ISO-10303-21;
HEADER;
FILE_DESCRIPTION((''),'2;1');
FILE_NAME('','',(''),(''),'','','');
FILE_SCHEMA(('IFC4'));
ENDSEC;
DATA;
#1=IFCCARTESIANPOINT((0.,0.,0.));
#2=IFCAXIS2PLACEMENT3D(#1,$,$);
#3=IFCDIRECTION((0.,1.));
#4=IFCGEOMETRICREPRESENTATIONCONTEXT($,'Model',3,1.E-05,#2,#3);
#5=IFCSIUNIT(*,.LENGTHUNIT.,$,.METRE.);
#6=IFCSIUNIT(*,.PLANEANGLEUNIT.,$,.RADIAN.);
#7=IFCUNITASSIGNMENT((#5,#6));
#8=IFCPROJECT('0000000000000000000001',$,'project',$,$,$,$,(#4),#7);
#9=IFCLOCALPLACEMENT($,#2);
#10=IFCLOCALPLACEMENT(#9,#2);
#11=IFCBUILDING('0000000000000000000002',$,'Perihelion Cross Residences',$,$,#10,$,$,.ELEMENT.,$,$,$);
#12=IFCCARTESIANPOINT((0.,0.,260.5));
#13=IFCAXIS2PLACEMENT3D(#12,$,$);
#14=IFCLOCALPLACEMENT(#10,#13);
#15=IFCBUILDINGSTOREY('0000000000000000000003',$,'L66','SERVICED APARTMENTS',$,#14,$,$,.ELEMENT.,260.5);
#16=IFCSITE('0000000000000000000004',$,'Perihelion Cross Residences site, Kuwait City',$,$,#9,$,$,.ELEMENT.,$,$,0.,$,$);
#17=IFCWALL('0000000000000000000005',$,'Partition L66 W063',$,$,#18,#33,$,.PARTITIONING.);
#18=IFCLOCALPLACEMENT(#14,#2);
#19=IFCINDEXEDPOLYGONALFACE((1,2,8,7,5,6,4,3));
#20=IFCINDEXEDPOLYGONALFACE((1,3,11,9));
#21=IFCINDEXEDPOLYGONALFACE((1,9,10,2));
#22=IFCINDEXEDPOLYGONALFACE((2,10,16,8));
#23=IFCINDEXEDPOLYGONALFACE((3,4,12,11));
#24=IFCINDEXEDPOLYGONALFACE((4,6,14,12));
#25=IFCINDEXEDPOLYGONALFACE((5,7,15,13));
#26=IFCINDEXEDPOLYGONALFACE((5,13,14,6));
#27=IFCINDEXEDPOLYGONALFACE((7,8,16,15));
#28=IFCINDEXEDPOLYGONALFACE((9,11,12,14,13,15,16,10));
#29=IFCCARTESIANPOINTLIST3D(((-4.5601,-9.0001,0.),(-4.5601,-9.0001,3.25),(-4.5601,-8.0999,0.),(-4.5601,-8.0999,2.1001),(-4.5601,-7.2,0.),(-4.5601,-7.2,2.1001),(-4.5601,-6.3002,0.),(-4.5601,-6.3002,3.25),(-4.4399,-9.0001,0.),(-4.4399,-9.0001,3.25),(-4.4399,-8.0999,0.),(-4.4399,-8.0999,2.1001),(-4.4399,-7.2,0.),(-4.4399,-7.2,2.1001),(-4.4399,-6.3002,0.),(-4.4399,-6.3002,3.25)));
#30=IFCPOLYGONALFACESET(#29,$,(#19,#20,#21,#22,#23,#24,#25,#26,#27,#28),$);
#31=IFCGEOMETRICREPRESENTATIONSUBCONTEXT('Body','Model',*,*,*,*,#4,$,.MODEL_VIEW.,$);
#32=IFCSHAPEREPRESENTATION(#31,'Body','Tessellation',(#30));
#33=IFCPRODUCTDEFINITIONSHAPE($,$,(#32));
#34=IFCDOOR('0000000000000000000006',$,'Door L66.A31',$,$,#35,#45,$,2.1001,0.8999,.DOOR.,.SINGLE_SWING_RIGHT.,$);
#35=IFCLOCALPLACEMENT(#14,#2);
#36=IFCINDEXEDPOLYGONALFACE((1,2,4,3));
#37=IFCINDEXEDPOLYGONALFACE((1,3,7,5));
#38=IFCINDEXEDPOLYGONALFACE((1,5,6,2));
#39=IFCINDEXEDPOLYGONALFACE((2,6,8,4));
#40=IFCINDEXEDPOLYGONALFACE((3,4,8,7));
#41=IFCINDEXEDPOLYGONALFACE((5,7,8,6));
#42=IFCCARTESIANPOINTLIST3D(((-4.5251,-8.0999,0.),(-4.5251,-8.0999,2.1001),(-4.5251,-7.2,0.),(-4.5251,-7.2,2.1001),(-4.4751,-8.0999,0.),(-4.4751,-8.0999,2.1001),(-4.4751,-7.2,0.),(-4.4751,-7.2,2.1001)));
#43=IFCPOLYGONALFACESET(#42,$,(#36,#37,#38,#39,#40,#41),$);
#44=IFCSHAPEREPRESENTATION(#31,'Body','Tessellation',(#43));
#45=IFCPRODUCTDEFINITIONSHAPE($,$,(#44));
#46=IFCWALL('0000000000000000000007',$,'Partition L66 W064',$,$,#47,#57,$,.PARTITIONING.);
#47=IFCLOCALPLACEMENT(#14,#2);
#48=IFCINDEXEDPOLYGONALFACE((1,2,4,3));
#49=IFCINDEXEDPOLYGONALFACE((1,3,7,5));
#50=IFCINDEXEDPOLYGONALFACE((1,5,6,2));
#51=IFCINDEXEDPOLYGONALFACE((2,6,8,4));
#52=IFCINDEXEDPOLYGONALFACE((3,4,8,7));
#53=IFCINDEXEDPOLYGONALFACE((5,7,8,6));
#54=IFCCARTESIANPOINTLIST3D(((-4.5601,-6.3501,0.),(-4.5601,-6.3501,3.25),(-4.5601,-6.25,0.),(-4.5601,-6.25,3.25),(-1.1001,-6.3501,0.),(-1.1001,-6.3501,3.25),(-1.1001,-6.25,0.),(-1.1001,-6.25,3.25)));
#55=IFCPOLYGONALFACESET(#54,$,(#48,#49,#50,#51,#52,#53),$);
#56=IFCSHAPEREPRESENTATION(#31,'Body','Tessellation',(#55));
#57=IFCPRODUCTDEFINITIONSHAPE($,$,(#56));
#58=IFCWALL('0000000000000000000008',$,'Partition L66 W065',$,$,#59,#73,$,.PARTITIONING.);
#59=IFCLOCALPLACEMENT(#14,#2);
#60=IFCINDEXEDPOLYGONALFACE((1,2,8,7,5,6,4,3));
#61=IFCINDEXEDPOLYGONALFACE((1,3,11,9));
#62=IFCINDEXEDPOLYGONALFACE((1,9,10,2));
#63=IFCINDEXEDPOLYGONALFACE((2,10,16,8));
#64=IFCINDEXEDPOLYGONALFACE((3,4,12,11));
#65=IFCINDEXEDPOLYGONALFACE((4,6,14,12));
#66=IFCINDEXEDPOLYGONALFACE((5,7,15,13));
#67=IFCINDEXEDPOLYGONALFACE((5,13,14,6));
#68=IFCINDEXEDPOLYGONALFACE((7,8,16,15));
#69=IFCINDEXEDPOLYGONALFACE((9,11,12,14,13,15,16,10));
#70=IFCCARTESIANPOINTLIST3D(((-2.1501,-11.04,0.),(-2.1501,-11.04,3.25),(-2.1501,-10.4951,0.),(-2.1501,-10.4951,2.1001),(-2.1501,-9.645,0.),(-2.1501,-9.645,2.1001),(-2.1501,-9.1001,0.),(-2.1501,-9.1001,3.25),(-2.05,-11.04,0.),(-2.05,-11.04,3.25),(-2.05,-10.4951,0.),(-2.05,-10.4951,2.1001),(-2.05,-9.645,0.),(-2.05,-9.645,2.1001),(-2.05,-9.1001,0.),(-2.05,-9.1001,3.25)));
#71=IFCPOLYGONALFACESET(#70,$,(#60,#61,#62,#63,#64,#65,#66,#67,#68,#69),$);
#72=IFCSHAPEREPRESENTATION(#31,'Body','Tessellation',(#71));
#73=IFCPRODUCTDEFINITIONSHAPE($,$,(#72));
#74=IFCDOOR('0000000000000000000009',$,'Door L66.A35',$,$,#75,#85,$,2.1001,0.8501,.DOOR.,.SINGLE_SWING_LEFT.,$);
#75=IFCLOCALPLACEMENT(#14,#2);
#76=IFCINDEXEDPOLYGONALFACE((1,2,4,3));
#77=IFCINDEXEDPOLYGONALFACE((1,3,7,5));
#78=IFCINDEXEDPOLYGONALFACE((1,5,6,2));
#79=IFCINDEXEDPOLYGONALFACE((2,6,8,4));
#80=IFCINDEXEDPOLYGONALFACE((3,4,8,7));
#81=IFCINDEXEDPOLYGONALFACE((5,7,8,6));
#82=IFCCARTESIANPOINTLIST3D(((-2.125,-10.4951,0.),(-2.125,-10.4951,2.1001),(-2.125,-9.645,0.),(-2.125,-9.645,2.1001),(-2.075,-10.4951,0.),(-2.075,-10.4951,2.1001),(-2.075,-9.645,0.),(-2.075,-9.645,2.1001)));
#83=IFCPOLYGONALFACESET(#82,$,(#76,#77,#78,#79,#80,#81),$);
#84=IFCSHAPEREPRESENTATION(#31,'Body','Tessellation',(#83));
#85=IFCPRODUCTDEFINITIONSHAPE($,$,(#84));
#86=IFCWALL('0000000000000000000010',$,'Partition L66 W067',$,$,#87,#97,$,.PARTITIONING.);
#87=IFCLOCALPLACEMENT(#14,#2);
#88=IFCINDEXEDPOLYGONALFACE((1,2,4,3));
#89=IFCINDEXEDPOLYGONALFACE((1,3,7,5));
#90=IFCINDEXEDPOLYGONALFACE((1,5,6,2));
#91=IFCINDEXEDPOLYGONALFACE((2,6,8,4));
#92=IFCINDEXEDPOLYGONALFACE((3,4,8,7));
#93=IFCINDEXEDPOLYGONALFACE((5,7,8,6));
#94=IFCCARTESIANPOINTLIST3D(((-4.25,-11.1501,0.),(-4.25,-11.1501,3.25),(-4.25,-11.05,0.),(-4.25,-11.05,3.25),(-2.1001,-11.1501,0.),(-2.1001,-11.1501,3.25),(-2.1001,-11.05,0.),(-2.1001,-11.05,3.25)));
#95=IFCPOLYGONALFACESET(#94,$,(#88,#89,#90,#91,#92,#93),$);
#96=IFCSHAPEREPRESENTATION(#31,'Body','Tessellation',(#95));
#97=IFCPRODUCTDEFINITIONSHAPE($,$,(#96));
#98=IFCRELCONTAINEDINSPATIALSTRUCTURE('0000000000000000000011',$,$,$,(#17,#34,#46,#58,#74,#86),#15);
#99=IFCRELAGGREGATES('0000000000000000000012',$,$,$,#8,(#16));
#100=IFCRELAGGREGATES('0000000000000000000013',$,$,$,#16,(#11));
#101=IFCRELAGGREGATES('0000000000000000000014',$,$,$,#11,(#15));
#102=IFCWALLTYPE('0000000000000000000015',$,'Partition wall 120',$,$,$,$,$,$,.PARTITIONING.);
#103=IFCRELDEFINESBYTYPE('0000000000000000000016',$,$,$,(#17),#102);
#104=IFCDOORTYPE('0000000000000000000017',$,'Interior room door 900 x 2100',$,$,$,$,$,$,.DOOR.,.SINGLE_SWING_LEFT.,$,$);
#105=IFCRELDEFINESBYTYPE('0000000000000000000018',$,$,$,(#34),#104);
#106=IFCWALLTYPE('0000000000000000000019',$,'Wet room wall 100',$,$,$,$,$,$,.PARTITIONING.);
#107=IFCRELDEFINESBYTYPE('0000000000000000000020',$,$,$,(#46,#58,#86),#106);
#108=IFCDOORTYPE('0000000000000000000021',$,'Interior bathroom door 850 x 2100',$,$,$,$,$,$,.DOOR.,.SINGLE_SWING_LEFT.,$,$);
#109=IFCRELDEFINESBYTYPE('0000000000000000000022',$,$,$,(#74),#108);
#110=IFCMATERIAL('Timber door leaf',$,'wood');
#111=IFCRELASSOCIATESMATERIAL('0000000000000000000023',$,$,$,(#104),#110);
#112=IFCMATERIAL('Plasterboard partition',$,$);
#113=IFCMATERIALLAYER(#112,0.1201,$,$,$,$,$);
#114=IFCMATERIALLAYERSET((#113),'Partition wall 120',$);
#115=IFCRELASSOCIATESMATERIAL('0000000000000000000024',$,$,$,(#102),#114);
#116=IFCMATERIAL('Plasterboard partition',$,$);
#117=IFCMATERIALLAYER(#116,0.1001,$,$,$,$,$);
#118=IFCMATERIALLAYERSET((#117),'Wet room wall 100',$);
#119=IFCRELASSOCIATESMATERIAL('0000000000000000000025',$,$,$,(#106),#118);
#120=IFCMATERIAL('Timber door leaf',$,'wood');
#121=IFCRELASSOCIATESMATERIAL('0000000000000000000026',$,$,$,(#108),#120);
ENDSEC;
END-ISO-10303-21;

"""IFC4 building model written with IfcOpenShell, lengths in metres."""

from ifc_helpers import new_model, si_unit, direction, frame, frame_2d, origin, place, context, subcontext, project, spatial, rectangle, extrude, material, layer, layer_set, type_object, element, fill, save


model = new_model("IFC4")

# Units and contexts
model_context = context("Model", 3, precision=1e-05, world=origin(), true_north=direction((0.0, 1.0)))
body_context = subcontext(model_context, "Body", "Model", "MODEL_VIEW")
ifc_project = project(units=[si_unit("LENGTHUNIT", "METRE"), si_unit("PLANEANGLEUNIT", "RADIAN")], contexts=[model_context])

# Site, building, storey
site_placement = place(None, origin())
site = spatial("IfcSite", under=ifc_project, at=site_placement, Name="Perihelion Cross Residences site, Kuwait City", CompositionType="ELEMENT", RefElevation=0.0)
building_placement = place(site_placement, origin())
building = spatial("IfcBuilding", under=site, at=building_placement, Name="Perihelion Cross Residences", CompositionType="ELEMENT")
storey_placement = place(building_placement, frame((0.0, 0.0, 260.5)))
storey = spatial("IfcBuildingStorey", under=building, at=storey_placement, Name="L66", Description="SERVICED APARTMENTS", CompositionType="ELEMENT", Elevation=260.5)

# Wall, opening, door
ifc_material_1 = material(Name="Timber door leaf", Category="wood")
door_type_1 = type_object("IfcDoorType", Name="Interior room door 900 x 2100", OperationType="SINGLE_SWING_LEFT", PredefinedType="DOOR", material=ifc_material_1)
ifc_material_2 = material(Name="Plasterboard partition")
ifc_layer_1 = layer(ifc_material_2, 0.1201)
ifc_layer_set_1 = layer_set([ifc_layer_1], Name="Partition wall 120")
wall_type_1 = type_object("IfcWallType", Name="Partition wall 120", PredefinedType="PARTITIONING", material=ifc_layer_set_1)
wall_1_placement = place(storey_placement, frame((-4.5, -6.3, 0.0), z_axis=(0.0, 0.0, 1.0), x_axis=(0.0, -1.0, 0.0)))
wall_1 = element("IfcWall", 1, at=wall_1_placement, inside=storey, type_object=wall_type_1, Name="Partition L66 W063", PredefinedType="PARTITIONING", context=body_context, shape_type="SweptSolid", body=[
    extrude(rectangle(XDim=2.7, YDim=0.1201, at=frame_2d((1.3501, 0.0))), origin(), (0.0, 0.0, 1.0), 3.25),
])
opening_1_placement = place(wall_1_placement, frame((0.8999, 0.0, 0.0)))
opening_1 = element("IfcOpeningElement", 2, at=opening_1_placement, cuts=wall_1, PredefinedType="OPENING", context=body_context, shape_type="SweptSolid", body=[
    extrude(rectangle(XDim=0.8999, YDim=2.1001, at=frame_2d((0.45, 1.05))), frame((0.0, 0.0701, 0.0), z_axis=(0.0, -1.0, 0.0), x_axis=(1.0, 0.0, 0.0)), (0.0, 0.0, 1.0), 0.1401),
])
door_1_placement = place(opening_1_placement, origin())
door_1 = element("IfcDoor", 3, at=door_1_placement, inside=storey, type_object=door_type_1, Name="Door L66.A31", OperationType="SINGLE_SWING_RIGHT", OverallHeight=2.1001, OverallWidth=0.8999, PredefinedType="DOOR", context=body_context, shape_type="SweptSolid", body=[
    extrude(rectangle(XDim=0.8999, YDim=2.1001, at=frame_2d((0.45, 1.05))), frame((0.0, 0.0249, 0.0), z_axis=(0.0, -1.0, 0.0), x_axis=(1.0, 0.0, 0.0)), (0.0, 0.0, 1.0), 0.05),
])
fill(opening_1, door_1)

# Wall
ifc_material_3 = material(Name="Plasterboard partition")
ifc_layer_2 = layer(ifc_material_3, 0.1001)
ifc_layer_set_2 = layer_set([ifc_layer_2], Name="Wet room wall 100")
wall_type_2 = type_object("IfcWallType", Name="Wet room wall 100", PredefinedType="PARTITIONING", material=ifc_layer_set_2)
wall_2_placement = place(storey_placement, frame((-1.1001, -6.3, 0.0), z_axis=(0.0, 0.0, 1.0), x_axis=(-1.0, 0.0, 0.0)))
element("IfcWall", 4, at=wall_2_placement, inside=storey, type_object=wall_type_2, Name="Partition L66 W064", PredefinedType="PARTITIONING", context=body_context, shape_type="SweptSolid", body=[
    extrude(rectangle(XDim=3.46, YDim=0.1001, at=frame_2d((1.73, 0.0))), origin(), (0.0, 0.0, 1.0), 3.25),
])

# Wall, opening, door
wall_3_placement = place(storey_placement, frame((-2.1001, -11.04, 0.0), z_axis=(0.0, 0.0, 1.0), x_axis=(0.0, 1.0, 0.0)))
wall_3 = element("IfcWall", 5, at=wall_3_placement, inside=storey, type_object=wall_type_2, Name="Partition L66 W065", PredefinedType="PARTITIONING", context=body_context, shape_type="SweptSolid", body=[
    extrude(rectangle(XDim=1.9399, YDim=0.1001, at=frame_2d((0.97, 0.0))), origin(), (0.0, 0.0, 1.0), 3.25),
])
opening_2_placement = place(wall_3_placement, frame((0.5449, 0.0, 0.0)))
opening_2 = element("IfcOpeningElement", 6, at=opening_2_placement, cuts=wall_3, PredefinedType="OPENING", context=body_context, shape_type="SweptSolid", body=[
    extrude(rectangle(XDim=0.8501, YDim=2.1001, at=frame_2d((0.425, 1.05))), frame((0.0, 0.0601, 0.0), z_axis=(0.0, -1.0, 0.0), x_axis=(1.0, 0.0, 0.0)), (0.0, 0.0, 1.0), 0.1201),
])
ifc_material_4 = material(Name="Timber door leaf", Category="wood")
door_type_2 = type_object("IfcDoorType", Name="Interior bathroom door 850 x 2100", OperationType="SINGLE_SWING_LEFT", PredefinedType="DOOR", material=ifc_material_4)
door_2_placement = place(opening_2_placement, origin())
door_2 = element("IfcDoor", 7, at=door_2_placement, inside=storey, type_object=door_type_2, Name="Door L66.A35", OperationType="SINGLE_SWING_LEFT", OverallHeight=2.1001, OverallWidth=0.8501, PredefinedType="DOOR", context=body_context, shape_type="SweptSolid", body=[
    extrude(rectangle(XDim=0.8501, YDim=2.1001, at=frame_2d((0.425, 1.05))), frame((0.0, 0.0249, 0.0), z_axis=(0.0, -1.0, 0.0), x_axis=(1.0, 0.0, 0.0)), (0.0, 0.0, 1.0), 0.05),
])
fill(opening_2, door_2)

# Wall
wall_4_placement = place(storey_placement, frame((-2.1001, -11.1001, 0.0), z_axis=(0.0, 0.0, 1.0), x_axis=(-1.0, 0.0, 0.0)))
element("IfcWall", 8, at=wall_4_placement, inside=storey, type_object=wall_type_2, Name="Partition L66 W067", PredefinedType="PARTITIONING", context=body_context, shape_type="SweptSolid", body=[
    extrude(rectangle(XDim=2.1499, YDim=0.1001, at=frame_2d((1.075, 0.0))), origin(), (0.0, 0.0, 1.0), 3.25),
])

save(model, "model.ifc")
